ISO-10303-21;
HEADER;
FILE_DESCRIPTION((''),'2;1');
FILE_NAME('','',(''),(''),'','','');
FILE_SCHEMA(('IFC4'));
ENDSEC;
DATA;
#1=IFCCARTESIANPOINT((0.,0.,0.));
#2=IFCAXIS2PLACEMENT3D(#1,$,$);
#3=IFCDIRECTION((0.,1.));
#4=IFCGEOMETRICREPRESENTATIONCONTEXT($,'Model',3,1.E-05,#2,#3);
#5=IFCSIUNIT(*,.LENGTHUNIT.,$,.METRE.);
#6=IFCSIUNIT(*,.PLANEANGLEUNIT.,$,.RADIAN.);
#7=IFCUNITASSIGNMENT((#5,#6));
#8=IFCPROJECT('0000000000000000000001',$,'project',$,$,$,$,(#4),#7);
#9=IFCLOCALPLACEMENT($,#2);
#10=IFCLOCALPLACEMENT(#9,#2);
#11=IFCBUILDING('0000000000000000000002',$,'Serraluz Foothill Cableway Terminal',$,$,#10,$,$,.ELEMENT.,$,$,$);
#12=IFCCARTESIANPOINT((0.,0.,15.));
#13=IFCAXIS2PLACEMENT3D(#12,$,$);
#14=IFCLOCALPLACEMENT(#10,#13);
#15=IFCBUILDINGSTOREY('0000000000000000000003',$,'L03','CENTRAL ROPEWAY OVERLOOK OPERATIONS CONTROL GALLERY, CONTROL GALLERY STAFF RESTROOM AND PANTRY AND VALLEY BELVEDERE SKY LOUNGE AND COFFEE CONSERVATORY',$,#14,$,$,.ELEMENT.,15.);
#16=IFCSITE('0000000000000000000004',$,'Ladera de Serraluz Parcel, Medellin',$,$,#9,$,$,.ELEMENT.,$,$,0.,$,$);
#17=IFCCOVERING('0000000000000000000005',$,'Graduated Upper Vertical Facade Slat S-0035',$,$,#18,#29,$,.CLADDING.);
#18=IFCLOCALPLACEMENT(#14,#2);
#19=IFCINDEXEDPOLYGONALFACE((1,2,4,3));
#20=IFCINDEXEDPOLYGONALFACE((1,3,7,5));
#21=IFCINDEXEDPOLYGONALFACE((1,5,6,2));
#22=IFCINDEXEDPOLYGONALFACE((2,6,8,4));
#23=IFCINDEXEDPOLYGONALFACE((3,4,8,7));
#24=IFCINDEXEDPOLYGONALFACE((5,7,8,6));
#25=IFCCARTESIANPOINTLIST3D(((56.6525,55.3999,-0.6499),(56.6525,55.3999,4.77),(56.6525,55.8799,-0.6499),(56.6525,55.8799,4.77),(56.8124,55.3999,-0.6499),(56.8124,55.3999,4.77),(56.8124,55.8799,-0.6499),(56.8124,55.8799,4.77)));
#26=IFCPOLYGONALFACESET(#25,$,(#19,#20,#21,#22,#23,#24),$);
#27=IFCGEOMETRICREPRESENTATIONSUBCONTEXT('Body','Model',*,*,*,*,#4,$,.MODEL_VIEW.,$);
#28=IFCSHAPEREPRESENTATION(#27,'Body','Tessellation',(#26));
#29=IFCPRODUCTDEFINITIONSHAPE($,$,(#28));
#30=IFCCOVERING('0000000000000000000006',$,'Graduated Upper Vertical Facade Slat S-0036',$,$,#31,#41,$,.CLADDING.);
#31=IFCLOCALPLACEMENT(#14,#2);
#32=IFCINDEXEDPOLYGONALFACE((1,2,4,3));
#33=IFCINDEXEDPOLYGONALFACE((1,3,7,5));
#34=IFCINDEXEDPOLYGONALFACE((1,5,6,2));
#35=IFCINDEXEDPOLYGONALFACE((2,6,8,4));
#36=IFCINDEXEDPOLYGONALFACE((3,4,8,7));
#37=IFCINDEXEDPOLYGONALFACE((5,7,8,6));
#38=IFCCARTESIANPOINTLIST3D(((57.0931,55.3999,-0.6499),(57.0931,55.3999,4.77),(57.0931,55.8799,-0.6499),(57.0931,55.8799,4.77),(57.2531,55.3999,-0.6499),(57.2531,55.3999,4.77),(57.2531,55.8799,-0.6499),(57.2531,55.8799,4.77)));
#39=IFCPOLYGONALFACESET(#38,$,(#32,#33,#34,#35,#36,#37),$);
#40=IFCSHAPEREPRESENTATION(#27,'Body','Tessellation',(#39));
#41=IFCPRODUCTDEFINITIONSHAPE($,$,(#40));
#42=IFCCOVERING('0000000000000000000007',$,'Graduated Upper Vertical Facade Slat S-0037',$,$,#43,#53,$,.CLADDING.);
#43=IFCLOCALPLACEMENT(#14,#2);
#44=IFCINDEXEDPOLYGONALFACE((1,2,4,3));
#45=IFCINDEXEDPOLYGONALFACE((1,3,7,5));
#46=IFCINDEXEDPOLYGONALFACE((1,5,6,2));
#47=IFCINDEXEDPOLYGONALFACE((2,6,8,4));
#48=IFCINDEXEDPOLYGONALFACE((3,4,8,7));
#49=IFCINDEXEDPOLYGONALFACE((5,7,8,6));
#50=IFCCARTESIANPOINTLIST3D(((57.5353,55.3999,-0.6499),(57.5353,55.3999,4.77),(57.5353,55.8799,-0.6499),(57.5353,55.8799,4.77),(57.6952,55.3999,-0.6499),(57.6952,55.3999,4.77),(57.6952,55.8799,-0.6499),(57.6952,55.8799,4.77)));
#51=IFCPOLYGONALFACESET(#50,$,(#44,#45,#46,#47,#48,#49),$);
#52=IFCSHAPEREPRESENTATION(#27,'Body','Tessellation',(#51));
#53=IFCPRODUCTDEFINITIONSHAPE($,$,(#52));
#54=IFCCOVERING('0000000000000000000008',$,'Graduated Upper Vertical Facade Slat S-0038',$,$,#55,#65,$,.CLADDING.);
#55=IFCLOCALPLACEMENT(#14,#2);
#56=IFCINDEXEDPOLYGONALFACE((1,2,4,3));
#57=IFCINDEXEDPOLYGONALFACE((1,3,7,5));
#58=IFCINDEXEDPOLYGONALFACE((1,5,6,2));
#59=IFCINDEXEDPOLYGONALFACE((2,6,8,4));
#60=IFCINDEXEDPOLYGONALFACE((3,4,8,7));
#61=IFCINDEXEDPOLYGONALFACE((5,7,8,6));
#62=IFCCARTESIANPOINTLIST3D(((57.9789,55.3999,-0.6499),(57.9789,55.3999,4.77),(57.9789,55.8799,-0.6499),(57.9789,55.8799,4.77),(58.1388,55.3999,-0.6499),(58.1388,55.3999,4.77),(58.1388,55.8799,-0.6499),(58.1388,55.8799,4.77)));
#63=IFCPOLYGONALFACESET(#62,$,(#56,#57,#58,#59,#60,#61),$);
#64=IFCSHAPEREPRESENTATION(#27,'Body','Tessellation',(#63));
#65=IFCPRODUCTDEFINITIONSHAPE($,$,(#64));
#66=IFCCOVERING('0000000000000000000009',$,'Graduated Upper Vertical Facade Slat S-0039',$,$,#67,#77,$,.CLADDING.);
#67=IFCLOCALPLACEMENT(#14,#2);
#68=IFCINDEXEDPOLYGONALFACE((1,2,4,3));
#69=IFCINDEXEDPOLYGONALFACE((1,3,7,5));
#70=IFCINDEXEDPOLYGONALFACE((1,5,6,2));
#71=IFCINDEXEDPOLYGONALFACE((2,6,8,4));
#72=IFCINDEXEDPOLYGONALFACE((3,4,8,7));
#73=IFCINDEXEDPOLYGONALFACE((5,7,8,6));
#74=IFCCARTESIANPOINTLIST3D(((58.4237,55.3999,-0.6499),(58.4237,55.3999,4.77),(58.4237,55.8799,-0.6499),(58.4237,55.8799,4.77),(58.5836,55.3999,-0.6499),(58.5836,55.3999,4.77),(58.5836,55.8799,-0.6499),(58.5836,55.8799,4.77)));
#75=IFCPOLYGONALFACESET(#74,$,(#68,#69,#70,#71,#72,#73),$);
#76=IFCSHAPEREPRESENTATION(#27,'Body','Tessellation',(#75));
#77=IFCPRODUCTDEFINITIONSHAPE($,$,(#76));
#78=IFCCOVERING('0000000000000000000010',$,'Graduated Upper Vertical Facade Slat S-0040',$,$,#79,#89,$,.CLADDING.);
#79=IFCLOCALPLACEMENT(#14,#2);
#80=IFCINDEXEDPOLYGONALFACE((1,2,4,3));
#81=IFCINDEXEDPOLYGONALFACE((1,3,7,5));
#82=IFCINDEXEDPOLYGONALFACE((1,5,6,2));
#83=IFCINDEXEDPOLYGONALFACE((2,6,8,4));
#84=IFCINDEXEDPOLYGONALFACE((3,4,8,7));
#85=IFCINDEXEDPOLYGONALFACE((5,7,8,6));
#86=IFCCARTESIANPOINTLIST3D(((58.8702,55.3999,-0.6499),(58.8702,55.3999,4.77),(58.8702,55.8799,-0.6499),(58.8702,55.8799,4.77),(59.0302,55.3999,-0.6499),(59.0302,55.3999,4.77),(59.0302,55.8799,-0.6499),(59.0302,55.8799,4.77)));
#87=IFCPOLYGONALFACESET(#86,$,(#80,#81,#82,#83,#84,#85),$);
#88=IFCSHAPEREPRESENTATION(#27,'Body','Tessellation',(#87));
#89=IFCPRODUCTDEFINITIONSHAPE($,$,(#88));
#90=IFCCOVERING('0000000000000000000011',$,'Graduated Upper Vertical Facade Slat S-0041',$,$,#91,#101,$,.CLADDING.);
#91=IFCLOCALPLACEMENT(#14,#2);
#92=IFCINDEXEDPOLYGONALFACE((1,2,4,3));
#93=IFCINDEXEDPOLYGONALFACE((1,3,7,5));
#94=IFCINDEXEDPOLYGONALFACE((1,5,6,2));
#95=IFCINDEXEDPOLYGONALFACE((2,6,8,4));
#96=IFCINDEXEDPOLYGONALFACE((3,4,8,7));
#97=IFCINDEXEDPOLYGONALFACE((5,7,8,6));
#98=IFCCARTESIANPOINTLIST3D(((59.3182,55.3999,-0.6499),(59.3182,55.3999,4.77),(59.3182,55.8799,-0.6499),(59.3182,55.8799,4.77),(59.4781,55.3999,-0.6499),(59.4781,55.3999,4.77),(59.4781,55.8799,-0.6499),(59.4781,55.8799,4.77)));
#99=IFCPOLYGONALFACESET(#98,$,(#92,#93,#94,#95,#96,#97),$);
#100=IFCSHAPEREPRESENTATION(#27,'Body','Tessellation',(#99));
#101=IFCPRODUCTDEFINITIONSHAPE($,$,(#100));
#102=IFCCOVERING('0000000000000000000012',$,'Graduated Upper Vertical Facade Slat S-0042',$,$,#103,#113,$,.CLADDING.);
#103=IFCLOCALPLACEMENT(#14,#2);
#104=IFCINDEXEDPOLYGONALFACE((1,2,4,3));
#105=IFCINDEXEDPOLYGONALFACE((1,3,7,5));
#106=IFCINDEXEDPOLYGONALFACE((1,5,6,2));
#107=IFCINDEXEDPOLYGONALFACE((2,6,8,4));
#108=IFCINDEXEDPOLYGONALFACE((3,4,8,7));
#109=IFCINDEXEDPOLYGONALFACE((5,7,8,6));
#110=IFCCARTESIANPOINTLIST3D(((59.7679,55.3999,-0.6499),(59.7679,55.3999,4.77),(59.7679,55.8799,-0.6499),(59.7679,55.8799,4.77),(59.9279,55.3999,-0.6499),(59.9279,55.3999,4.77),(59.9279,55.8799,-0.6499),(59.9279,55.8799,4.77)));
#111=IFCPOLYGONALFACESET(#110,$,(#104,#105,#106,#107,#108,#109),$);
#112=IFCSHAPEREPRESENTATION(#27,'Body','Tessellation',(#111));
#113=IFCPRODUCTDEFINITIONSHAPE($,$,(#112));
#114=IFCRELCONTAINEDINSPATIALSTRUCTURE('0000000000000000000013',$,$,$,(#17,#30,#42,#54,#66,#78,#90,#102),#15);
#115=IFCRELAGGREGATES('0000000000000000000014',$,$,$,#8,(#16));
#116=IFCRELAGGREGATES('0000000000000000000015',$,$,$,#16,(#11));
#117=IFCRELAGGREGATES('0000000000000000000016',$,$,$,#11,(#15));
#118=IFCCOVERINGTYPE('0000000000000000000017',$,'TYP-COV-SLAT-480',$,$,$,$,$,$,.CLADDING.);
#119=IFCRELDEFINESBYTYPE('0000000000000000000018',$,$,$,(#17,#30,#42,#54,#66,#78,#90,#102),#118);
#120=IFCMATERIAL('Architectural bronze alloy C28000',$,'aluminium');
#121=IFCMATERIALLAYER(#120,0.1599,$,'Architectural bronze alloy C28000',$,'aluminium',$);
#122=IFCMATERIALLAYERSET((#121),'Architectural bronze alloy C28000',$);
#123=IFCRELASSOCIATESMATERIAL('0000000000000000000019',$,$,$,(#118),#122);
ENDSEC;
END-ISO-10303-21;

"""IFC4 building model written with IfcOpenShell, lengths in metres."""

from ifc_helpers import new_model, si_unit, direction, frame, origin, origin_2d, place, context, subcontext, project, spatial, rectangle, extrude, material, layer, layer_set, type_object, element, save


model = new_model("IFC4")

# Units and contexts
model_context = context("Model", 3, precision=1e-05, world=origin(), true_north=direction((0.0, 1.0)))
body_context = subcontext(model_context, "Body", "Model", "MODEL_VIEW")
ifc_project = project(units=[si_unit("LENGTHUNIT", "METRE"), si_unit("PLANEANGLEUNIT", "RADIAN")], contexts=[model_context])

# Site, building, storey
site_placement = place(None, origin())
site = spatial("IfcSite", under=ifc_project, at=site_placement, Name="Ladera de Serraluz Parcel, Medellin", CompositionType="ELEMENT", RefElevation=0.0)
building_placement = place(site_placement, origin())
building = spatial("IfcBuilding", under=site, at=building_placement, Name="Serraluz Foothill Cableway Terminal", CompositionType="ELEMENT")
storey_placement = place(building_placement, frame((0.0, 0.0, 15.0)))
storey = spatial("IfcBuildingStorey", under=building, at=storey_placement, Name="L03", Description="CENTRAL ROPEWAY OVERLOOK OPERATIONS CONTROL GALLERY, CONTROL GALLERY STAFF RESTROOM AND PANTRY AND VALLEY BELVEDERE SKY LOUNGE AND COFFEE CONSERVATORY", CompositionType="ELEMENT", Elevation=15.0)

# Shared definitions
ifc_material_1 = material(Name="Architectural bronze alloy C28000", Category="aluminium")

# Coverings
ifc_layer_1 = layer(ifc_material_1, 0.1599, Name="Architectural bronze alloy C28000", Category="aluminium")
ifc_layer_set_1 = layer_set([ifc_layer_1], Name="Architectural bronze alloy C28000")
covering_type = type_object("IfcCoveringType", Name="TYP-COV-SLAT-480", PredefinedType="CLADDING", material=ifc_layer_set_1)
for number, where, z_axis, x_axis, name in (
    (1, (56.7324, 55.6399, -0.6499), (0.0, 0.0, 1.0), (1.0, 0.0, 0.0), "Graduated Upper Vertical Facade Slat S-0035"),
    (2, (57.1731, 55.6399, -0.6499), (0.0, 0.0, 1.0), (1.0, 0.0, 0.0), "Graduated Upper Vertical Facade Slat S-0036"),
    (3, (57.6152, 55.6399, -0.6499), (0.0, 0.0, 1.0), (1.0, 0.0, 0.0), "Graduated Upper Vertical Facade Slat S-0037"),
    (4, (58.0588, 55.6399, -0.6499), (0.0, 0.0, 1.0), (1.0, 0.0, 0.0), "Graduated Upper Vertical Facade Slat S-0038"),
    (5, (58.5037, 55.6399, -0.6499), (0.0, 0.0, 1.0), (1.0, 0.0, 0.0), "Graduated Upper Vertical Facade Slat S-0039"),
    (6, (58.9502, 55.6399, -0.6499), (0.0, 0.0, 1.0), (1.0, 0.0, 0.0), "Graduated Upper Vertical Facade Slat S-0040"),
    (7, (59.3982, 55.6399, -0.6499), (0.0, 0.0, 1.0), (1.0, 0.0, 0.0), "Graduated Upper Vertical Facade Slat S-0041"),
    (8, (59.8479, 55.6399, -0.6499), (0.0, 0.0, 1.0), (1.0, 0.0, 0.0), "Graduated Upper Vertical Facade Slat S-0042"),
):
    element("IfcCovering", number, at=place(storey_placement, frame(where, z_axis=z_axis, x_axis=x_axis)), inside=storey, type_object=covering_type, Name=name, PredefinedType="CLADDING", context=body_context, shape_type="SweptSolid", body=[
        extrude(rectangle(XDim=0.1599, YDim=0.48, at=origin_2d()), origin(), (0.0, 0.0, 1.0), 5.4199),
    ])

save(model, "model.ifc")
